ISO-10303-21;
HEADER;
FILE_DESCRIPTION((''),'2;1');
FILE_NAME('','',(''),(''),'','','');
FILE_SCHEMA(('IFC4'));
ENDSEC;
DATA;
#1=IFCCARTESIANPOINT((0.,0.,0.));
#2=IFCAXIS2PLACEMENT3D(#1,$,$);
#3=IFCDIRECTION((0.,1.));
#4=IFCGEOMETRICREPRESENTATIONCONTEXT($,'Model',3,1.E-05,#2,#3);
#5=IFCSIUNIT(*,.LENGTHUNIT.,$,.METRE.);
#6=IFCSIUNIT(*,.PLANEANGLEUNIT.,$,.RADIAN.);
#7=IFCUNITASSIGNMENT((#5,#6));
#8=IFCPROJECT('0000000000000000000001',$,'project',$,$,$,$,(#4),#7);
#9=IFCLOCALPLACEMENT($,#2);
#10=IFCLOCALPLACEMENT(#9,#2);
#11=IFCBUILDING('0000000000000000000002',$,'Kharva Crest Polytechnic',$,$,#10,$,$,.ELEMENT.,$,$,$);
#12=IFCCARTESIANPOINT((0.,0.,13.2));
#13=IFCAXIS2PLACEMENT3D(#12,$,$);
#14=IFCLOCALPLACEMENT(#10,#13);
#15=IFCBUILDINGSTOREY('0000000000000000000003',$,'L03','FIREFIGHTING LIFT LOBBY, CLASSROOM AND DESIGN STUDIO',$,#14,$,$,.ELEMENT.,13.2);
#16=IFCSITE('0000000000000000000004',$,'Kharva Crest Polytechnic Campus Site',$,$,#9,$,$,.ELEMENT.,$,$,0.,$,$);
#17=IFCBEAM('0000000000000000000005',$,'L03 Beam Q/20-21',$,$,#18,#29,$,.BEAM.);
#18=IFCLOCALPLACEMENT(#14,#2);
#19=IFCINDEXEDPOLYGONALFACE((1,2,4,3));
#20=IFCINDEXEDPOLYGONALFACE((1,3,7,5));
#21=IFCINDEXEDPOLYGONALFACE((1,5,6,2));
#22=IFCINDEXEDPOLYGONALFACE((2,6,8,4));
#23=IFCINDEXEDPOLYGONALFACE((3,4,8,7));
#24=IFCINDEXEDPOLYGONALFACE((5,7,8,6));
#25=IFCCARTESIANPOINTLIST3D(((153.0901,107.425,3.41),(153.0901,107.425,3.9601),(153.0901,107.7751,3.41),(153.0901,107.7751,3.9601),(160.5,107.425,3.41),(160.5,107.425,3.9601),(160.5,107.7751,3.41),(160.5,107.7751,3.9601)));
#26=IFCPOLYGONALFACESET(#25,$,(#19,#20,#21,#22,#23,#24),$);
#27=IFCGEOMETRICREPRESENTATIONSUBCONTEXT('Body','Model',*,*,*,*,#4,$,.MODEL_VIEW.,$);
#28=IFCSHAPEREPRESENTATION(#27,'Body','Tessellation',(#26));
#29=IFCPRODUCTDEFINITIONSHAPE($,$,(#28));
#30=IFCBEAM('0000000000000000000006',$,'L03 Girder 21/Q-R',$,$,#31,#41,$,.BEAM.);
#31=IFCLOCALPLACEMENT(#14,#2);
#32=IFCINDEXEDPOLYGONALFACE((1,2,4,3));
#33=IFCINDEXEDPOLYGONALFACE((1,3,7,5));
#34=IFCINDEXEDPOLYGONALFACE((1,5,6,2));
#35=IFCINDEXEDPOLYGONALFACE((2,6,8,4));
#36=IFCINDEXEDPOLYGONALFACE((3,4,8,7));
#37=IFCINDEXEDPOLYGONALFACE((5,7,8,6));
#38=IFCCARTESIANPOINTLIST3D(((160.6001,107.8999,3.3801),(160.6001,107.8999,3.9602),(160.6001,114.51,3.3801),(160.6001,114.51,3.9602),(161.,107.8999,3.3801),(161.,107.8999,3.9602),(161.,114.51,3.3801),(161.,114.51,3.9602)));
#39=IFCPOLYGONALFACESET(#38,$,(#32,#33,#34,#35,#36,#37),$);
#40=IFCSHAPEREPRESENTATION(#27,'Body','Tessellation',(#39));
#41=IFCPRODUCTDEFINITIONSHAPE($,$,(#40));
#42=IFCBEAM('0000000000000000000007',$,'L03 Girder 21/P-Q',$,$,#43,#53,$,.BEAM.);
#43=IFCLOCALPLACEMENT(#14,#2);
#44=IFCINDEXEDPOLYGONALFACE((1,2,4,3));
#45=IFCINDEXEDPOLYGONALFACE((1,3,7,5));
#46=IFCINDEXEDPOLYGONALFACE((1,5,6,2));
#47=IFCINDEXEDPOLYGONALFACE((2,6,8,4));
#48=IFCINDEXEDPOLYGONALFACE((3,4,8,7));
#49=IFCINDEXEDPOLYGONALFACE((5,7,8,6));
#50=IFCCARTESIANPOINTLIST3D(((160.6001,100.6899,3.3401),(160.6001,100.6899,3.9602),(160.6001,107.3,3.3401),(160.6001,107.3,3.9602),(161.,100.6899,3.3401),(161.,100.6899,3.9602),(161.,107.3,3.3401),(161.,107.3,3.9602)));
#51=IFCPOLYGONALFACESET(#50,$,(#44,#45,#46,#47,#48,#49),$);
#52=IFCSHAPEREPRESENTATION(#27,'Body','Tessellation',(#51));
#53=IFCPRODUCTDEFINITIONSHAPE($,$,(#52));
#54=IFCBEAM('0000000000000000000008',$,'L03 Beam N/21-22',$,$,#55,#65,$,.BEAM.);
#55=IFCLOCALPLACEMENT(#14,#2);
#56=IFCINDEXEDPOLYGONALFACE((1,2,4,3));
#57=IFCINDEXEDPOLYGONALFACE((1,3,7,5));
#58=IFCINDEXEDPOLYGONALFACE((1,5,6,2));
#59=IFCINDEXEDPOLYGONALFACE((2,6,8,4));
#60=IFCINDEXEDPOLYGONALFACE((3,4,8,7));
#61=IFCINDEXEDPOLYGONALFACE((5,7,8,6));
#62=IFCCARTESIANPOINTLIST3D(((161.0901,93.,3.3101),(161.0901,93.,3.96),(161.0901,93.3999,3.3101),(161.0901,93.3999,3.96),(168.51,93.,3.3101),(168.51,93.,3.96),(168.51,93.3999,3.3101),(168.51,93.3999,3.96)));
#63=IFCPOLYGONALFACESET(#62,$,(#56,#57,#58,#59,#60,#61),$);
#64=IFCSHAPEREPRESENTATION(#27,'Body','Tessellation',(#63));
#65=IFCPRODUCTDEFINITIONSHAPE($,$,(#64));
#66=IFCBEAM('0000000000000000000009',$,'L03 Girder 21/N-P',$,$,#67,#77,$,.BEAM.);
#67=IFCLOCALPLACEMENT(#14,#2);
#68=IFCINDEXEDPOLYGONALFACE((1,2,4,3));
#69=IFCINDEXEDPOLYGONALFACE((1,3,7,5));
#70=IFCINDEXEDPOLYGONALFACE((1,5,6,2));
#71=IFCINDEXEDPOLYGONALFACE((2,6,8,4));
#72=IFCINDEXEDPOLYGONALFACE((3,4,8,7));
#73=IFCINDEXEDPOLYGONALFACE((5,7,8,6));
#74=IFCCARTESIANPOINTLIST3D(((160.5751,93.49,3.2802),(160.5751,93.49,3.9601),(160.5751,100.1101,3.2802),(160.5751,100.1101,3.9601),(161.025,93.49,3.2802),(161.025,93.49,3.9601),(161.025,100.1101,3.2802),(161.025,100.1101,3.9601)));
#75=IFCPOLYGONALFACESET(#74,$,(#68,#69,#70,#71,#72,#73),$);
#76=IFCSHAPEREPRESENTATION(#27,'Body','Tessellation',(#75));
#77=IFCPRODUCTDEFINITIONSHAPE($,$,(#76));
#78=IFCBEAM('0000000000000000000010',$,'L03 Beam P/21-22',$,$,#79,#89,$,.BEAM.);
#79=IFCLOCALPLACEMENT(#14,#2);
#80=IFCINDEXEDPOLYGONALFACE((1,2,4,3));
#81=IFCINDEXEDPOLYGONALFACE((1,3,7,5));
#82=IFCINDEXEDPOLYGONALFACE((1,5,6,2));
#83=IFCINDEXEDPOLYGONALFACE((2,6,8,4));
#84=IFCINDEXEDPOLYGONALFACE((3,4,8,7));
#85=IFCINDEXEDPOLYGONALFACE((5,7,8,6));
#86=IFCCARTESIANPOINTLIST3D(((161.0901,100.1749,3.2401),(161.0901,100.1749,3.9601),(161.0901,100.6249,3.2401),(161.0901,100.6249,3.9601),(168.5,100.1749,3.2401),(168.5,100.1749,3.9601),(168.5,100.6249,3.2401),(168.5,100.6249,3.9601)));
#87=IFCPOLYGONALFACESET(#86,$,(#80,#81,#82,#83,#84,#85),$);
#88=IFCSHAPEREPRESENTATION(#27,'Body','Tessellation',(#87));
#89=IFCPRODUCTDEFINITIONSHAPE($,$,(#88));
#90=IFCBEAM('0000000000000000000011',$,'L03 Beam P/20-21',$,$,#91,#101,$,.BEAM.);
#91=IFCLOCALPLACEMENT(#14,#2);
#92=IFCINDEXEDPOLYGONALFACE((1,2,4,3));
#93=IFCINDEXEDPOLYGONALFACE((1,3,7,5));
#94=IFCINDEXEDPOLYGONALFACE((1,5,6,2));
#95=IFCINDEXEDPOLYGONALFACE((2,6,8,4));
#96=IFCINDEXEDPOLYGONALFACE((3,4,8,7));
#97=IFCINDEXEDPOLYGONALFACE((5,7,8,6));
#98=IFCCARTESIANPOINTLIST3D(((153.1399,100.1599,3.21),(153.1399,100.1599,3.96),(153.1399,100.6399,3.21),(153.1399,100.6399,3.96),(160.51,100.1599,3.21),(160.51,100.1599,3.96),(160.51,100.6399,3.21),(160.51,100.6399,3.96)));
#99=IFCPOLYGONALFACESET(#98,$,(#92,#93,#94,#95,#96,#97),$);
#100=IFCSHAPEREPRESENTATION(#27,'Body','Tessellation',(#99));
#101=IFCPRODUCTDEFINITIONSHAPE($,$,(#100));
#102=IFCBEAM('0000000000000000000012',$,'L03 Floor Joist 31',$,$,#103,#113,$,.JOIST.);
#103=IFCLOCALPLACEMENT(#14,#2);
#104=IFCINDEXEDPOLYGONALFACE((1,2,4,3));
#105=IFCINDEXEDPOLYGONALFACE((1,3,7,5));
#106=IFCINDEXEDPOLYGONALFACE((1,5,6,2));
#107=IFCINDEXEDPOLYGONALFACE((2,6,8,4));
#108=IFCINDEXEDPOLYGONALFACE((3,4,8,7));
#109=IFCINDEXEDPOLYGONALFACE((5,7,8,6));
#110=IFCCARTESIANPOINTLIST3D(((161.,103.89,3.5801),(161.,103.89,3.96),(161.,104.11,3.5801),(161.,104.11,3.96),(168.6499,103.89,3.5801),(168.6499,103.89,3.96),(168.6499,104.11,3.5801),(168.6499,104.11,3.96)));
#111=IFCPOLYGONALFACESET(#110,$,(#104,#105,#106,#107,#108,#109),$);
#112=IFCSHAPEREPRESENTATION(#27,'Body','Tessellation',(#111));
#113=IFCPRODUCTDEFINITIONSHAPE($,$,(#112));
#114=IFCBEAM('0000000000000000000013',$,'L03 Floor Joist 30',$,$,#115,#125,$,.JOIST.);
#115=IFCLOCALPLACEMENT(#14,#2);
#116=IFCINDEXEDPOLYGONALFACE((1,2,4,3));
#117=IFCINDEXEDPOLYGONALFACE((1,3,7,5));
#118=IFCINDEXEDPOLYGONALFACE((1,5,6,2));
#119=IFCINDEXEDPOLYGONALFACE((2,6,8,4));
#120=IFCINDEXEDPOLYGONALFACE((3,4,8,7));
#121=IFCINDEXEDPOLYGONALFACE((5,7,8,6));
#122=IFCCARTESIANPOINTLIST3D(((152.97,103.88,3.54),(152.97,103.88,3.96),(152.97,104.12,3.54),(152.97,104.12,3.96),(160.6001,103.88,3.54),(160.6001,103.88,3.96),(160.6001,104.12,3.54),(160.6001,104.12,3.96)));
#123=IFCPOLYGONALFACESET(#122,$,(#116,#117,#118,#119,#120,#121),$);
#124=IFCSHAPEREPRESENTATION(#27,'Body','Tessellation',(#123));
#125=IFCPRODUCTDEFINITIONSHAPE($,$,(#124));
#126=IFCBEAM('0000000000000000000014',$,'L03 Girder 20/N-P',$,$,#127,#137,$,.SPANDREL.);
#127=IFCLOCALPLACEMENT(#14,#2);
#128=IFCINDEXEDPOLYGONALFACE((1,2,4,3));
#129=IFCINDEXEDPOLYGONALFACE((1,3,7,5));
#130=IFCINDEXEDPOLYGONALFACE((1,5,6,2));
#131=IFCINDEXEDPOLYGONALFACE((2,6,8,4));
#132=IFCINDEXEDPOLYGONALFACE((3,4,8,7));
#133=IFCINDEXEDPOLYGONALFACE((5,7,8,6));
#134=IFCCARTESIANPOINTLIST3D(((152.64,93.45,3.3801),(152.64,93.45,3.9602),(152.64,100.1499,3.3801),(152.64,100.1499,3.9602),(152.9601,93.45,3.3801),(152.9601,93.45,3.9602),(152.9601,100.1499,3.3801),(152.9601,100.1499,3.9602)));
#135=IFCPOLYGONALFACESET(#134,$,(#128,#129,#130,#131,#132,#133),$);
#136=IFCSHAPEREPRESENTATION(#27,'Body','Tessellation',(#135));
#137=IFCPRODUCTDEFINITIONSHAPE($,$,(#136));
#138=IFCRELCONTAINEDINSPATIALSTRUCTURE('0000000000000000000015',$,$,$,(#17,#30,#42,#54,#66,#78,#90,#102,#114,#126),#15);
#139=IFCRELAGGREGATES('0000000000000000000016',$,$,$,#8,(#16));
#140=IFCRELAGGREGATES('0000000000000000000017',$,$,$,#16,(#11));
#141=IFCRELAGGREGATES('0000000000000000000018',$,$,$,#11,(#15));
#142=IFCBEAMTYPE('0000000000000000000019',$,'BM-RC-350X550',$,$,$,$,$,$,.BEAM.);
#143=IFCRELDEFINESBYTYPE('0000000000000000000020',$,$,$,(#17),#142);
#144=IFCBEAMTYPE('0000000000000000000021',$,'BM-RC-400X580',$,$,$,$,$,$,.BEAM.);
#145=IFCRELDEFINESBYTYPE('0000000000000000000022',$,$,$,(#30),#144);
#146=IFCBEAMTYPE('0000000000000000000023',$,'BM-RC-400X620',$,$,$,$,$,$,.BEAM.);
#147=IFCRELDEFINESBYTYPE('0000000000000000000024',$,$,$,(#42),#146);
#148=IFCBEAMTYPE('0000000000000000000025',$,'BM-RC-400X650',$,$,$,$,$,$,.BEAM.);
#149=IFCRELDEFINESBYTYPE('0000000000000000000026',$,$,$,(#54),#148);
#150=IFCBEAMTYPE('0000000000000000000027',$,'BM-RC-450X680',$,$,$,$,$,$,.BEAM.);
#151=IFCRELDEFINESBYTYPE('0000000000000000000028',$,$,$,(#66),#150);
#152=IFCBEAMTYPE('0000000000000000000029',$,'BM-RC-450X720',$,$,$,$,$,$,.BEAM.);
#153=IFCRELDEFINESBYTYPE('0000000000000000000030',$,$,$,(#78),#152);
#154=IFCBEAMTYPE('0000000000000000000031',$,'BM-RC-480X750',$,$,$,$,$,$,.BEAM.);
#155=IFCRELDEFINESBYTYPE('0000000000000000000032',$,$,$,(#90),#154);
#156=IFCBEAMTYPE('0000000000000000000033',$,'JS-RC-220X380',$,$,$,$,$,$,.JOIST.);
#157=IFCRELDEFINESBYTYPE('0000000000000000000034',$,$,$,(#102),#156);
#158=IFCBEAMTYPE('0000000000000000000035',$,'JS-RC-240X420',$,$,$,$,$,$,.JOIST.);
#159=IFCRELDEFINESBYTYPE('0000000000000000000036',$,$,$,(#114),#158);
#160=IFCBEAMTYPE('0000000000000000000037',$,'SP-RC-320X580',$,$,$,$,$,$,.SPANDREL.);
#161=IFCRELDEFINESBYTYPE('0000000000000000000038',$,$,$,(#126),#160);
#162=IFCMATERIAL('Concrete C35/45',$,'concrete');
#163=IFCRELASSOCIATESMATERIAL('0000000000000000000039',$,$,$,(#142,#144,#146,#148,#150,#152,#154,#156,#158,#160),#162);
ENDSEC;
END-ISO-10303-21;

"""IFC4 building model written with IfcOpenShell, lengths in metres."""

from ifc_helpers import new_model, si_unit, direction, frame, origin, origin_2d, place, context, subcontext, project, spatial, rectangle, extrude, material, material_profile, profile_set, type_object, element, save


model = new_model("IFC4")

# Units and contexts
model_context = context("Model", 3, precision=1e-05, world=origin(), true_north=direction((0.0, 1.0)))
body_context = subcontext(model_context, "Body", "Model", "MODEL_VIEW")
ifc_project = project(units=[si_unit("LENGTHUNIT", "METRE"), si_unit("PLANEANGLEUNIT", "RADIAN")], contexts=[model_context])

# Site, building, storey
site_placement = place(None, origin())
site = spatial("IfcSite", under=ifc_project, at=site_placement, Name="Kharva Crest Polytechnic Campus Site", CompositionType="ELEMENT", RefElevation=0.0)
building_placement = place(site_placement, origin())
building = spatial("IfcBuilding", under=site, at=building_placement, Name="Kharva Crest Polytechnic", CompositionType="ELEMENT")
storey_placement = place(building_placement, frame((0.0, 0.0, 13.2)))
storey = spatial("IfcBuildingStorey", under=building, at=storey_placement, Name="L03", Description="FIREFIGHTING LIFT LOBBY, CLASSROOM AND DESIGN STUDIO", CompositionType="ELEMENT", Elevation=13.2)

# Beams
ifc_material_1 = material(Name="Concrete C35/45", Category="concrete")
ifc_material_profile_1 = material_profile(ifc_material_1, rectangle(XDim=0.3501, YDim=0.55, at=origin_2d()), Name="RECT 350 X 550")
ifc_profile_set_1 = profile_set([ifc_material_profile_1], Name="Concrete C35/45")
beam_type_1 = type_object("IfcBeamType", Name="BM-RC-350X550", PredefinedType="BEAM", material=ifc_profile_set_1)
beam_1_placement = place(storey_placement, frame((153.0901, 107.6001, 3.6851), z_axis=(1.0, 0.0, 0.0), x_axis=(0.0, 1.0, 0.0)))
element("IfcBeam", 1, at=beam_1_placement, inside=storey, type_object=beam_type_1, Name="L03 Beam Q/20-21", PredefinedType="BEAM", context=body_context, shape_type="SweptSolid", body=[
    extrude(rectangle(XDim=0.3501, YDim=0.55, at=origin_2d()), origin(), (0.0, 0.0, 1.0), 7.4099),
])
ifc_material_profile_2 = material_profile(ifc_material_1, rectangle(XDim=0.3999, YDim=0.5801, at=origin_2d()), Name="RECT 400 X 580")
ifc_profile_set_2 = profile_set([ifc_material_profile_2], Name="Concrete C35/45")
beam_type_2 = type_object("IfcBeamType", Name="BM-RC-400X580", PredefinedType="BEAM", material=ifc_profile_set_2)
beam_2_placement = place(storey_placement, frame((160.8, 107.8999, 3.6702), z_axis=(0.0, 1.0, 0.0), x_axis=(-1.0, 0.0, 0.0)))
element("IfcBeam", 2, at=beam_2_placement, inside=storey, type_object=beam_type_2, Name="L03 Girder 21/Q-R", PredefinedType="BEAM", context=body_context, shape_type="SweptSolid", body=[
    extrude(rectangle(XDim=0.3999, YDim=0.5801, at=origin_2d()), origin(), (0.0, 0.0, 1.0), 6.6101),
])
ifc_material_profile_3 = material_profile(ifc_material_1, rectangle(XDim=0.3999, YDim=0.6201, at=origin_2d()), Name="RECT 400 X 620")
ifc_profile_set_3 = profile_set([ifc_material_profile_3], Name="Concrete C35/45")
beam_type_3 = type_object("IfcBeamType", Name="BM-RC-400X620", PredefinedType="BEAM", material=ifc_profile_set_3)
beam_3_placement = place(storey_placement, frame((160.8, 100.6899, 3.6501), z_axis=(0.0, 1.0, 0.0), x_axis=(-1.0, 0.0, 0.0)))
element("IfcBeam", 3, at=beam_3_placement, inside=storey, type_object=beam_type_3, Name="L03 Girder 21/P-Q", PredefinedType="BEAM", context=body_context, shape_type="SweptSolid", body=[
    extrude(rectangle(XDim=0.3999, YDim=0.6201, at=origin_2d()), origin(), (0.0, 0.0, 1.0), 6.6101),
])
ifc_material_profile_4 = material_profile(ifc_material_1, rectangle(XDim=0.3999, YDim=0.6499, at=origin_2d()), Name="RECT 400 X 650")
ifc_profile_set_4 = profile_set([ifc_material_profile_4], Name="Concrete C35/45")
beam_type_4 = type_object("IfcBeamType", Name="BM-RC-400X650", PredefinedType="BEAM", material=ifc_profile_set_4)
beam_4_placement = place(storey_placement, frame((161.0901, 93.2, 3.635), z_axis=(1.0, 0.0, 0.0), x_axis=(0.0, 1.0, 0.0)))
element("IfcBeam", 4, at=beam_4_placement, inside=storey, type_object=beam_type_4, Name="L03 Beam N/21-22", PredefinedType="BEAM", context=body_context, shape_type="SweptSolid", body=[
    extrude(rectangle(XDim=0.3999, YDim=0.6499, at=origin_2d()), origin(), (0.0, 0.0, 1.0), 7.4199),
])
ifc_material_profile_5 = material_profile(ifc_material_1, rectangle(XDim=0.45, YDim=0.6799, at=origin_2d()), Name="RECT 450 X 680")
ifc_profile_set_5 = profile_set([ifc_material_profile_5], Name="Concrete C35/45")
beam_type_5 = type_object("IfcBeamType", Name="BM-RC-450X680", PredefinedType="BEAM", material=ifc_profile_set_5)
beam_5_placement = place(storey_placement, frame((160.8, 93.49, 3.6201), z_axis=(0.0, 1.0, 0.0), x_axis=(-1.0, 0.0, 0.0)))
element("IfcBeam", 5, at=beam_5_placement, inside=storey, type_object=beam_type_5, Name="L03 Girder 21/N-P", PredefinedType="BEAM", context=body_context, shape_type="SweptSolid", body=[
    extrude(rectangle(XDim=0.45, YDim=0.6799, at=origin_2d()), origin(), (0.0, 0.0, 1.0), 6.6201),
])
ifc_material_profile_6 = material_profile(ifc_material_1, rectangle(XDim=0.45, YDim=0.72, at=origin_2d()), Name="RECT 450 X 720")
ifc_profile_set_6 = profile_set([ifc_material_profile_6], Name="Concrete C35/45")
beam_type_6 = type_object("IfcBeamType", Name="BM-RC-450X720", PredefinedType="BEAM", material=ifc_profile_set_6)
beam_6_placement = place(storey_placement, frame((161.0901, 100.3999, 3.6001), z_axis=(1.0, 0.0, 0.0), x_axis=(0.0, 1.0, 0.0)))
element("IfcBeam", 6, at=beam_6_placement, inside=storey, type_object=beam_type_6, Name="L03 Beam P/21-22", PredefinedType="BEAM", context=body_context, shape_type="SweptSolid", body=[
    extrude(rectangle(XDim=0.45, YDim=0.72, at=origin_2d()), origin(), (0.0, 0.0, 1.0), 7.4099),
])
ifc_material_profile_7 = material_profile(ifc_material_1, rectangle(XDim=0.48, YDim=0.75, at=origin_2d()), Name="RECT 480 X 750")
ifc_profile_set_7 = profile_set([ifc_material_profile_7], Name="Concrete C35/45")
beam_type_7 = type_object("IfcBeamType", Name="BM-RC-480X750", PredefinedType="BEAM", material=ifc_profile_set_7)
beam_7_placement = place(storey_placement, frame((153.1399, 100.3999, 3.585), z_axis=(1.0, 0.0, 0.0), x_axis=(0.0, 1.0, 0.0)))
element("IfcBeam", 7, at=beam_7_placement, inside=storey, type_object=beam_type_7, Name="L03 Beam P/20-21", PredefinedType="BEAM", context=body_context, shape_type="SweptSolid", body=[
    extrude(rectangle(XDim=0.48, YDim=0.75, at=origin_2d()), origin(), (0.0, 0.0, 1.0), 7.3701),
])
ifc_material_profile_8 = material_profile(ifc_material_1, rectangle(XDim=0.22, YDim=0.3799, at=origin_2d()), Name="RECT 220 X 380")
ifc_profile_set_8 = profile_set([ifc_material_profile_8], Name="Concrete C35/45")
beam_type_8 = type_object("IfcBeamType", Name="JS-RC-220X380", PredefinedType="JOIST", material=ifc_profile_set_8)
beam_8_placement = place(storey_placement, frame((161.0, 104.0, 3.77), z_axis=(1.0, 0.0, 0.0), x_axis=(0.0, 1.0, 0.0)))
element("IfcBeam", 8, at=beam_8_placement, inside=storey, type_object=beam_type_8, Name="L03 Floor Joist 31", PredefinedType="JOIST", context=body_context, shape_type="SweptSolid", body=[
    extrude(rectangle(XDim=0.22, YDim=0.3799, at=origin_2d()), origin(), (0.0, 0.0, 1.0), 7.6499),
])
ifc_material_profile_9 = material_profile(ifc_material_1, rectangle(XDim=0.24, YDim=0.4199, at=origin_2d()), Name="RECT 240 X 420")
ifc_profile_set_9 = profile_set([ifc_material_profile_9], Name="Concrete C35/45")
beam_type_9 = type_object("IfcBeamType", Name="JS-RC-240X420", PredefinedType="JOIST", material=ifc_profile_set_9)
beam_9_placement = place(storey_placement, frame((152.97, 104.0, 3.75), z_axis=(1.0, 0.0, 0.0), x_axis=(0.0, 1.0, 0.0)))
element("IfcBeam", 9, at=beam_9_placement, inside=storey, type_object=beam_type_9, Name="L03 Floor Joist 30", PredefinedType="JOIST", context=body_context, shape_type="SweptSolid", body=[
    extrude(rectangle(XDim=0.24, YDim=0.4199, at=origin_2d()), origin(), (0.0, 0.0, 1.0), 7.6301),
])
ifc_material_profile_10 = material_profile(ifc_material_1, rectangle(XDim=0.3201, YDim=0.5801, at=origin_2d()), Name="RECT 320 X 580")
ifc_profile_set_10 = profile_set([ifc_material_profile_10], Name="Concrete C35/45")
beam_type_10 = type_object("IfcBeamType", Name="SP-RC-320X580", PredefinedType="SPANDREL", material=ifc_profile_set_10)
beam_10_placement = place(storey_placement, frame((152.8, 93.45, 3.6702), z_axis=(0.0, 1.0, 0.0), x_axis=(-1.0, 0.0, 0.0)))
element("IfcBeam", 10, at=beam_10_placement, inside=storey, type_object=beam_type_10, Name="L03 Girder 20/N-P", PredefinedType="SPANDREL", context=body_context, shape_type="SweptSolid", body=[
    extrude(rectangle(XDim=0.3201, YDim=0.5801, at=origin_2d()), origin(), (0.0, 0.0, 1.0), 6.7),
])

save(model, "model.ifc")
